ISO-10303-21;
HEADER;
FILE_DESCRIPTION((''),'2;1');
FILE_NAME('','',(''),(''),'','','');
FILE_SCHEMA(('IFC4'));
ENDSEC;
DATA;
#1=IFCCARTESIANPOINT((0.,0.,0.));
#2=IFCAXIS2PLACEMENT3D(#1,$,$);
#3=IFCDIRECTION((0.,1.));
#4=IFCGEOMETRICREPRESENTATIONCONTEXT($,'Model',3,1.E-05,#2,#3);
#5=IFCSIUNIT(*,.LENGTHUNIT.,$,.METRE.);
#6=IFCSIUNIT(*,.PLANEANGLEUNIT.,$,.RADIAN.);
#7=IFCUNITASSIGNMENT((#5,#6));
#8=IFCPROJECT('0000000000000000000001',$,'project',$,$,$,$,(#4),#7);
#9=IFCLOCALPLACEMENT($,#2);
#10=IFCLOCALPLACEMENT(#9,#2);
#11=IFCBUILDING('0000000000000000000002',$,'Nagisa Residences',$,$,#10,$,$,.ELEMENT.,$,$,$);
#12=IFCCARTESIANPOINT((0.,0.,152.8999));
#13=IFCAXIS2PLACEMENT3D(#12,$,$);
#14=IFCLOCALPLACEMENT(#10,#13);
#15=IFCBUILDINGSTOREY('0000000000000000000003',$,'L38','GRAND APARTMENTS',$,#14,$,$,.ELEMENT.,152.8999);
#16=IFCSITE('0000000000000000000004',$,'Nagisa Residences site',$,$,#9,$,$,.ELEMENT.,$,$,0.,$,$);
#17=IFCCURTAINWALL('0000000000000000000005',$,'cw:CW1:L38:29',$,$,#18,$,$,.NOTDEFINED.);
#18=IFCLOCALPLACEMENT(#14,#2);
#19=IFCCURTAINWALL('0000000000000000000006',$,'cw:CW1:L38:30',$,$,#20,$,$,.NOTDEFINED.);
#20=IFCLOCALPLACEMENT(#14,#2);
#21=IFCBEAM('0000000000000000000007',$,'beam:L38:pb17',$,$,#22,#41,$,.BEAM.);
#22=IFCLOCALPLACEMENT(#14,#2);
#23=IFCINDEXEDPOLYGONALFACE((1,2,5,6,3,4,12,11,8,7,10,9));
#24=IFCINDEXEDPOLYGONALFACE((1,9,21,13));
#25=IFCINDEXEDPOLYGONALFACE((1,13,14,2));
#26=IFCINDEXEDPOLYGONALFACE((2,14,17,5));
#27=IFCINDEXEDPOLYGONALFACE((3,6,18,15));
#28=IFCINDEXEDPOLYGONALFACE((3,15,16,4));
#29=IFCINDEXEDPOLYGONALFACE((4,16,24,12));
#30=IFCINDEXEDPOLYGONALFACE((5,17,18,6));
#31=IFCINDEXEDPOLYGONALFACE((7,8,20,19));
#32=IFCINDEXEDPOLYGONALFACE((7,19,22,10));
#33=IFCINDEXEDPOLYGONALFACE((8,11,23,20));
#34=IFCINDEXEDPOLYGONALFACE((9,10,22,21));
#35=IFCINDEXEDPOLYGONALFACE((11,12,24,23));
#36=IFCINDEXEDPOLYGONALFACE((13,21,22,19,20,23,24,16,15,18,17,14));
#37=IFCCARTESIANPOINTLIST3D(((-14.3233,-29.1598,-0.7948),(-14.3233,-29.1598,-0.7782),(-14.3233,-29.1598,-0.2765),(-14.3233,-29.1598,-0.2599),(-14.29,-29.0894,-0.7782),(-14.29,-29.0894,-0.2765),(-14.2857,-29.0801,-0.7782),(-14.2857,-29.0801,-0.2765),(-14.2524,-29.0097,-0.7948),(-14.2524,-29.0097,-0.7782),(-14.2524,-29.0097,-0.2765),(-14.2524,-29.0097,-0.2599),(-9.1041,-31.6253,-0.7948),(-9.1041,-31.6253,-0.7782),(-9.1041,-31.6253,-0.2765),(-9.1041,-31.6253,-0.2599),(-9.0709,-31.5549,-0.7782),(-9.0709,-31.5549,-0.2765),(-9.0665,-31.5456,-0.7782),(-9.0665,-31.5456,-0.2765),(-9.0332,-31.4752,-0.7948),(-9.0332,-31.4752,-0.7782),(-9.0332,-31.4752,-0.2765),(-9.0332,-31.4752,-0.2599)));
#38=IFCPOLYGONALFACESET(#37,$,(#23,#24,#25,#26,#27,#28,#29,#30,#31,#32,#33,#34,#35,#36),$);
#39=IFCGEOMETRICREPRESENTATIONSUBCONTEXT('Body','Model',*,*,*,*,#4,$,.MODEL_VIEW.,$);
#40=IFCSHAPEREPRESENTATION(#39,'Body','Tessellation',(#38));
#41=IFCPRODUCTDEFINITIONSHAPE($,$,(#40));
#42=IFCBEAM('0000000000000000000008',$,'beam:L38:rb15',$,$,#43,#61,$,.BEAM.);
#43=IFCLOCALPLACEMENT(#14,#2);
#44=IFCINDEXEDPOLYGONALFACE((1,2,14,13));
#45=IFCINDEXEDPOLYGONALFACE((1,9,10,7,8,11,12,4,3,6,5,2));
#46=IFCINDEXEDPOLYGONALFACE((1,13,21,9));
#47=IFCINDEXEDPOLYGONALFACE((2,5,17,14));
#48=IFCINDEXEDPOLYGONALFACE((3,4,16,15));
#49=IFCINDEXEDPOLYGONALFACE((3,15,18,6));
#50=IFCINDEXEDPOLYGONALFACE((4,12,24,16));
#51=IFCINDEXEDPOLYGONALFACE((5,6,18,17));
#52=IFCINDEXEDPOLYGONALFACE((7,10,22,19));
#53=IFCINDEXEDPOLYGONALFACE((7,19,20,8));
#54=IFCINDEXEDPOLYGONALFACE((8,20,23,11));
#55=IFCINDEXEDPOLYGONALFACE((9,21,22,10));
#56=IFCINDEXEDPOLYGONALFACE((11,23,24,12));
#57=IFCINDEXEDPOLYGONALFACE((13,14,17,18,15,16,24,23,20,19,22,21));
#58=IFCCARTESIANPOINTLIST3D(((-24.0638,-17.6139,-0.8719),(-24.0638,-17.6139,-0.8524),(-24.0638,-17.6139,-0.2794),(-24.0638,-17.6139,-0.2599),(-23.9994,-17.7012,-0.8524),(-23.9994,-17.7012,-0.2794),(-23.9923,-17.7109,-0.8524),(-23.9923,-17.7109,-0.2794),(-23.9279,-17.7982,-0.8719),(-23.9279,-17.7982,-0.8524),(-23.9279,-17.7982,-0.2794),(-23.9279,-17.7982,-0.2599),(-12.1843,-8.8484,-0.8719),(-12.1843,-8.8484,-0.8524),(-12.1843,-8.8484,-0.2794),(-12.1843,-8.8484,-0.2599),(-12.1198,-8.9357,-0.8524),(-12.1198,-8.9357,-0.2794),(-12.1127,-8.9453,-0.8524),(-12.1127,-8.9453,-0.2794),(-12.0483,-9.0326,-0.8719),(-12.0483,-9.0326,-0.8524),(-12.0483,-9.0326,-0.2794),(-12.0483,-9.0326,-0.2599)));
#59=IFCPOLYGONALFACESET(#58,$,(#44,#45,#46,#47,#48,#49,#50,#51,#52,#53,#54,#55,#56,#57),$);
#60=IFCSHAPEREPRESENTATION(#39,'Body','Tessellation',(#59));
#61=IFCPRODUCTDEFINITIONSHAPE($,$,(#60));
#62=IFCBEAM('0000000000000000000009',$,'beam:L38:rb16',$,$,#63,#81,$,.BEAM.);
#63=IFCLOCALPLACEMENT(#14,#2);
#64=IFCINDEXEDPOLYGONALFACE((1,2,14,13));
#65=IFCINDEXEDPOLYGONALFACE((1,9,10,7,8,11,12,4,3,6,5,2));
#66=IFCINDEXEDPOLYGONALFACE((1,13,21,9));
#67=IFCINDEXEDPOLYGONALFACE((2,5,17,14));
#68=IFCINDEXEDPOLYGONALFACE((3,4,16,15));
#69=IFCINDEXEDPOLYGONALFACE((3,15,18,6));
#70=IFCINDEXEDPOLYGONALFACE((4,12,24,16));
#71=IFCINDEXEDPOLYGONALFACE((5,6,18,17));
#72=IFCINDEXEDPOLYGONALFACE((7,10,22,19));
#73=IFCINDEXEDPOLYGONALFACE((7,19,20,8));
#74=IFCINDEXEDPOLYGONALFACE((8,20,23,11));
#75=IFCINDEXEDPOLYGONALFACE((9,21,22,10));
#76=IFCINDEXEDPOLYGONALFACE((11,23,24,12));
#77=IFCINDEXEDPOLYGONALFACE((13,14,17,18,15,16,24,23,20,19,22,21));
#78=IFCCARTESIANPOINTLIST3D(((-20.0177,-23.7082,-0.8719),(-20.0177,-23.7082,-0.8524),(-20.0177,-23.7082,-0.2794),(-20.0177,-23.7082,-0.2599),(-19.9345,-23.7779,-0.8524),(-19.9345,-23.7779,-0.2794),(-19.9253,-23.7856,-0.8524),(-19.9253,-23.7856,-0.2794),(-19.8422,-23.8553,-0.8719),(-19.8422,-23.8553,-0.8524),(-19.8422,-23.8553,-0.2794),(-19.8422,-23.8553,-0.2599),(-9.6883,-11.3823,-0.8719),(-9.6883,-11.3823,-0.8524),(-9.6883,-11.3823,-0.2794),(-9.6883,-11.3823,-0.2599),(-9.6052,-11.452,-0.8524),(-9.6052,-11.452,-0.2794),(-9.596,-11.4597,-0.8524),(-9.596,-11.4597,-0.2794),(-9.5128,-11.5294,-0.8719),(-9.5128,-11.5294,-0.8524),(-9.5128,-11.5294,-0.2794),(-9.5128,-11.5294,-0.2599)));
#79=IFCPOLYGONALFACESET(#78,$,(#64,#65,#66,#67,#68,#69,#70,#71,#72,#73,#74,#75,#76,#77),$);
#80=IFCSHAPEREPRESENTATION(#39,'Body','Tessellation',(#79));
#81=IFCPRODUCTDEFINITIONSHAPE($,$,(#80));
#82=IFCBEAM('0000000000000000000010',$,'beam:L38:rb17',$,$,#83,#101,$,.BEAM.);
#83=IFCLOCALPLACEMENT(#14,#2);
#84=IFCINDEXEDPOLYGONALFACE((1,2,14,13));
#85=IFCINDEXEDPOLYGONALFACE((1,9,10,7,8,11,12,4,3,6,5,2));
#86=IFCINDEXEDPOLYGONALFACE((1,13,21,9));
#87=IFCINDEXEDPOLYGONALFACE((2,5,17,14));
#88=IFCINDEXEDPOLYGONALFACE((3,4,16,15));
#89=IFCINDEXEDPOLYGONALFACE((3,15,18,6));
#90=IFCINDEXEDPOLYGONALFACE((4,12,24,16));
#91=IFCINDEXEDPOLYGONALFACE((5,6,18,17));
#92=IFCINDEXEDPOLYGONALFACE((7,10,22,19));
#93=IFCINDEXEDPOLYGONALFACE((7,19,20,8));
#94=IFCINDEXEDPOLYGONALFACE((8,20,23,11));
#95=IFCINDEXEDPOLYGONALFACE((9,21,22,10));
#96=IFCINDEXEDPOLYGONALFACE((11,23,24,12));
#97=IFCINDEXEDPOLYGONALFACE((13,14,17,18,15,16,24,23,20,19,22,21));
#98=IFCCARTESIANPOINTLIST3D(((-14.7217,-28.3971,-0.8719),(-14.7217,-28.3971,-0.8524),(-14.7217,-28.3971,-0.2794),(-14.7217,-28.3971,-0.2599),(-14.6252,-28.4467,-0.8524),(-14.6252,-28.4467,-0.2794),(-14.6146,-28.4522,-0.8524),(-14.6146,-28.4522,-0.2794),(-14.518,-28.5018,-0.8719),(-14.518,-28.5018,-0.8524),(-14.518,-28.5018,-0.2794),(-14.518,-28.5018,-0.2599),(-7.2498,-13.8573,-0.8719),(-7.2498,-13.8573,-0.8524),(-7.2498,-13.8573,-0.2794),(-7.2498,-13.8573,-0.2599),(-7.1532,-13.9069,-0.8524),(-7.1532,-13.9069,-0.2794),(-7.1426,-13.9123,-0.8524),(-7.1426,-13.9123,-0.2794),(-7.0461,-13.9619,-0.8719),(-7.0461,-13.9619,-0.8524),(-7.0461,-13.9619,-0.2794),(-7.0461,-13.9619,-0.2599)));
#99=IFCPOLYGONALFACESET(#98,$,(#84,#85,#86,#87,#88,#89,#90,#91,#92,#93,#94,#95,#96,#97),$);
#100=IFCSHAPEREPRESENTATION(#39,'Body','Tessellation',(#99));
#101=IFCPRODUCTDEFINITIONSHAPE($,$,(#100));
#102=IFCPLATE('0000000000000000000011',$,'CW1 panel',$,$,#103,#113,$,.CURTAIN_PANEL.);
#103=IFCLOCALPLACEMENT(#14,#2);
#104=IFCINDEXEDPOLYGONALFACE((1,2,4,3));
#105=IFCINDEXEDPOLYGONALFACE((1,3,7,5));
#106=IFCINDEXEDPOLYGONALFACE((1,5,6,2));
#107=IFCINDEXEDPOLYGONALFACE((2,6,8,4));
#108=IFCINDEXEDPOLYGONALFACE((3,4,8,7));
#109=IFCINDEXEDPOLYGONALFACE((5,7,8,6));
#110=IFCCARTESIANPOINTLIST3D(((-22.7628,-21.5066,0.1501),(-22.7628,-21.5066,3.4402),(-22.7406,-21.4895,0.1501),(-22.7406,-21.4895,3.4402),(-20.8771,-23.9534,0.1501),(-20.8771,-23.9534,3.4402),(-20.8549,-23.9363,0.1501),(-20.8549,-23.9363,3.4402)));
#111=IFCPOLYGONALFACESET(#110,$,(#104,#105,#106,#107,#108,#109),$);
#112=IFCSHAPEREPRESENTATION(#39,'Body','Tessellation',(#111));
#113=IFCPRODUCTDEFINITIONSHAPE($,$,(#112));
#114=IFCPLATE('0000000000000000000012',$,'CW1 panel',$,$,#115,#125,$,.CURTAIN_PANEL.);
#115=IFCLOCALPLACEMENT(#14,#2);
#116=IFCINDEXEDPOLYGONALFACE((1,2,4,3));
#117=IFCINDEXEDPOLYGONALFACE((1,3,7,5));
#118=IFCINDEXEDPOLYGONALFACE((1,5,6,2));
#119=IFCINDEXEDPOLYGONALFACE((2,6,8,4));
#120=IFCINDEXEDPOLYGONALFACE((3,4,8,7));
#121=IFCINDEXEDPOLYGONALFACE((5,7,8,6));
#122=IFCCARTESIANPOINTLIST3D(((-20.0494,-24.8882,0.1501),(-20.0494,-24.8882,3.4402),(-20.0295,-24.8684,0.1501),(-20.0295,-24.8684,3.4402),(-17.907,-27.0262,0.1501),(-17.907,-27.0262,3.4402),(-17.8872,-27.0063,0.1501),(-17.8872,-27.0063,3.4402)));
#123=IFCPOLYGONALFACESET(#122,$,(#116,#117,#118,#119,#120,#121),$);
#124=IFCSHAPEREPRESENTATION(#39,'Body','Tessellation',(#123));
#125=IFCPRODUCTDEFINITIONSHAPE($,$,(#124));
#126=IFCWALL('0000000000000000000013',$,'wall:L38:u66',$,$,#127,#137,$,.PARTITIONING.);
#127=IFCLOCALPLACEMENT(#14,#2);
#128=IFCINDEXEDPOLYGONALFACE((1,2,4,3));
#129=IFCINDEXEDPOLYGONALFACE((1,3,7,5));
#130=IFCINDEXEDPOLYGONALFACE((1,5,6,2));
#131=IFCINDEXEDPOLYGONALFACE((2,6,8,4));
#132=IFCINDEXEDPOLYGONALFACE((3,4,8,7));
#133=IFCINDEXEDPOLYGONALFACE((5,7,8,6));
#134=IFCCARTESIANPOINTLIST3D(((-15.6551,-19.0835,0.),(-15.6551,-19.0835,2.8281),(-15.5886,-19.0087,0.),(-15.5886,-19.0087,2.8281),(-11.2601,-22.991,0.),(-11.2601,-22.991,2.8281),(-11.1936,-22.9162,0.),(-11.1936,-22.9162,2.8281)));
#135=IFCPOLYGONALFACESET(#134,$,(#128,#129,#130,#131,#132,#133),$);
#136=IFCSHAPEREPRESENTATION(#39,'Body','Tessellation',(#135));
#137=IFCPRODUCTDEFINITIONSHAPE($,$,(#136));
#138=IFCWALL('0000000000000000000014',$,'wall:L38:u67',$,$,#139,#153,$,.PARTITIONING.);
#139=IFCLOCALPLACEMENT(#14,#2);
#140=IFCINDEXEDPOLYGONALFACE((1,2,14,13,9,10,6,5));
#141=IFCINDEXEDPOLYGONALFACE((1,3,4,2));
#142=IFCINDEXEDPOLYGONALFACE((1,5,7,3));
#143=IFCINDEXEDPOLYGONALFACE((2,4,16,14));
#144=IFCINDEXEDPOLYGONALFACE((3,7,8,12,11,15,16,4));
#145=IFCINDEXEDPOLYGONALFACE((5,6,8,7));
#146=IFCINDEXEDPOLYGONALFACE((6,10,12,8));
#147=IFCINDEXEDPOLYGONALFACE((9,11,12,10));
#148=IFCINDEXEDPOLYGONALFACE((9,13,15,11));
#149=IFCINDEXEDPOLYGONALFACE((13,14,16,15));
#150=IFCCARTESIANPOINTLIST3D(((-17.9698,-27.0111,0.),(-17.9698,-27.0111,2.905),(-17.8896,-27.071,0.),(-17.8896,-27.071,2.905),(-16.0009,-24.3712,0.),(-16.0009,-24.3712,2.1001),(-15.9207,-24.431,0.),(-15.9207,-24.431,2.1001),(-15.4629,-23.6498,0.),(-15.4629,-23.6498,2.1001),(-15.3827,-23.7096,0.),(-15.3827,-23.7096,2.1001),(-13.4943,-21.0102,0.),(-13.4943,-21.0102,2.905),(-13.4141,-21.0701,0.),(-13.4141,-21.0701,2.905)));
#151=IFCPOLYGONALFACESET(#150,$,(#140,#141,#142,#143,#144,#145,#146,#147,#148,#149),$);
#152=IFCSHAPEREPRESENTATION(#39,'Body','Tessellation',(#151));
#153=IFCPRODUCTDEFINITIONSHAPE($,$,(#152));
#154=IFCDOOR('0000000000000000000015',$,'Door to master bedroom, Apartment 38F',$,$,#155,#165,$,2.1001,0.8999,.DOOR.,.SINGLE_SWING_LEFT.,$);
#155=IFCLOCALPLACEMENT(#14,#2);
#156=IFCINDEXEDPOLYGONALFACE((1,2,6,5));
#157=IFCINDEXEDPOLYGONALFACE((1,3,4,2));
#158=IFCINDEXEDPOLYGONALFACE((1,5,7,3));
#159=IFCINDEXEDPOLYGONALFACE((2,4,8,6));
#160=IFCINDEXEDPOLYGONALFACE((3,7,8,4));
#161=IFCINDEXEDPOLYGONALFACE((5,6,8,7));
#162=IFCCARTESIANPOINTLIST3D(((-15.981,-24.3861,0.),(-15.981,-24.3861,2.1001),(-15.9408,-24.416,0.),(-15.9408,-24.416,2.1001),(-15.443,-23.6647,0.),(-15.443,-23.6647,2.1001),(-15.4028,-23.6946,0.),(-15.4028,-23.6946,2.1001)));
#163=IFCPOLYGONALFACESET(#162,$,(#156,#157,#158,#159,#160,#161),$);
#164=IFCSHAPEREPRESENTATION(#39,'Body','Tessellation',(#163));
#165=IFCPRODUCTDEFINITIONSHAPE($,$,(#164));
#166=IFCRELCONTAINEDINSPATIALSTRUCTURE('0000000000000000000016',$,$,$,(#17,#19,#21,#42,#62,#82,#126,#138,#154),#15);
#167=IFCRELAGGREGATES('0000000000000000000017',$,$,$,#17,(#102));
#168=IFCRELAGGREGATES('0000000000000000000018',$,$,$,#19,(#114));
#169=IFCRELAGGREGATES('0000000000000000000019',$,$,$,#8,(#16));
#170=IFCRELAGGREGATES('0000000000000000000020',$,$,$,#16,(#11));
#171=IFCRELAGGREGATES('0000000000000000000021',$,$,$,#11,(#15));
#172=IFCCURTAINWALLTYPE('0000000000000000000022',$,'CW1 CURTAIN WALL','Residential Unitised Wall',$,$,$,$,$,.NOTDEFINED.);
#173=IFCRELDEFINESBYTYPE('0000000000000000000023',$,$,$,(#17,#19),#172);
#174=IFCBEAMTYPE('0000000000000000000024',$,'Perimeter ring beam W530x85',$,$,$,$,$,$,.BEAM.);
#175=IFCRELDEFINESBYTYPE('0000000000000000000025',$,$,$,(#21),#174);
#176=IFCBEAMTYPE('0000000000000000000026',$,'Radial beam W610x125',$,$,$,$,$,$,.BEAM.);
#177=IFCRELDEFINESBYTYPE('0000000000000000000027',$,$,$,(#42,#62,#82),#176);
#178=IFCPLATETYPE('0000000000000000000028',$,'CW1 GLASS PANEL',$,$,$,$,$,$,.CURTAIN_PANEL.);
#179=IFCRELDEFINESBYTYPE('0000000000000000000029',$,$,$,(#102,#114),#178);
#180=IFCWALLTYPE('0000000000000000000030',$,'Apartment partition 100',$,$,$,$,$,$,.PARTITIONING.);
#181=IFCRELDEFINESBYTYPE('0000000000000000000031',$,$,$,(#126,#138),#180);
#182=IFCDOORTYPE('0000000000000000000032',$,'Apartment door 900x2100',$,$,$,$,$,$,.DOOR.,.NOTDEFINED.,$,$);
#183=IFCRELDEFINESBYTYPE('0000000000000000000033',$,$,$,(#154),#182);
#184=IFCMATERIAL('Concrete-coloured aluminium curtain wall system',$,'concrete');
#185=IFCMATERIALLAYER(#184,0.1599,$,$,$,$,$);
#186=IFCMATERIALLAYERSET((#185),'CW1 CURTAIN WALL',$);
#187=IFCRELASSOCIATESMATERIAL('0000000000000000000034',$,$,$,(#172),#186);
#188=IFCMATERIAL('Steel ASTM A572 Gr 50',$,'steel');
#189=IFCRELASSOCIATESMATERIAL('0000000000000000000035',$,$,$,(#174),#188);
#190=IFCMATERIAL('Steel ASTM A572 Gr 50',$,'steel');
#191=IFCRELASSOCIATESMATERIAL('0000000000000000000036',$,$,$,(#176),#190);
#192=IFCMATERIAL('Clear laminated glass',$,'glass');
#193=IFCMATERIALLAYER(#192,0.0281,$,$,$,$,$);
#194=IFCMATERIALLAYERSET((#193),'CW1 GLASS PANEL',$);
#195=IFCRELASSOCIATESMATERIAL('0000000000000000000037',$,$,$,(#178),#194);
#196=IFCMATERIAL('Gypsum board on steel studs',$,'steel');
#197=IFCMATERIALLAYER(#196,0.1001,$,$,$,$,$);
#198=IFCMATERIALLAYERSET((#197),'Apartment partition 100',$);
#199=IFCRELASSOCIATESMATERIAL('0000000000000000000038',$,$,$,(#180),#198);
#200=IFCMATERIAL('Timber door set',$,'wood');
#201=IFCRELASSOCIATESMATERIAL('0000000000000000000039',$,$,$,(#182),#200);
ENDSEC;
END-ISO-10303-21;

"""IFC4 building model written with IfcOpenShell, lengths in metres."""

from ifc_helpers import new_model, si_unit, direction, frame, frame_2d, origin, origin_2d, place, context, subcontext, project, spatial, rectangle, i_section, extrude, material, layer, layer_set, material_profile, profile_set, type_object, element, fill, aggregate, save


model = new_model("IFC4")

# Units and contexts
model_context = context("Model", 3, precision=1e-05, world=origin(), true_north=direction((0.0, 1.0)))
body_context = subcontext(model_context, "Body", "Model", "MODEL_VIEW")
ifc_project = project(units=[si_unit("LENGTHUNIT", "METRE"), si_unit("PLANEANGLEUNIT", "RADIAN")], contexts=[model_context])

# Site, building, storey
site_placement = place(None, origin())
site = spatial("IfcSite", under=ifc_project, at=site_placement, Name="Nagisa Residences site", CompositionType="ELEMENT", RefElevation=0.0)
building_placement = place(site_placement, origin())
building = spatial("IfcBuilding", under=site, at=building_placement, Name="Nagisa Residences", CompositionType="ELEMENT")
storey_placement = place(building_placement, frame((0.0, 0.0, 152.8999)))
storey = spatial("IfcBuildingStorey", under=building, at=storey_placement, Name="L38", Description="GRAND APARTMENTS", CompositionType="ELEMENT", Elevation=152.8999)

# Curtain walls
ifc_material_1 = material(Name="Concrete-coloured aluminium curtain wall system", Category="concrete")
ifc_layer_1 = layer(ifc_material_1, 0.1599)
ifc_layer_set_1 = layer_set([ifc_layer_1], Name="CW1 CURTAIN WALL")
curtain_wall_type = type_object("IfcCurtainWallType", Name="CW1 CURTAIN WALL", Description="Residential Unitised Wall", PredefinedType="NOTDEFINED", material=ifc_layer_set_1)
curtain_wall_1_placement = place(storey_placement, origin())
curtain_wall_1 = element("IfcCurtainWall", 1, at=curtain_wall_1_placement, inside=storey, type_object=curtain_wall_type, Name="cw:CW1:L38:29", PredefinedType="NOTDEFINED")
curtain_wall_2_placement = place(storey_placement, origin())
curtain_wall_2 = element("IfcCurtainWall", 2, at=curtain_wall_2_placement, inside=storey, type_object=curtain_wall_type, Name="cw:CW1:L38:30", PredefinedType="NOTDEFINED")

# Beams
ifc_material_2 = material(Name="Steel ASTM A572 Gr 50", Category="steel")
ifc_material_profile_1 = material_profile(ifc_material_2, i_section(OverallWidth=0.166, OverallDepth=0.5349, WebThickness=0.0103, FlangeThickness=0.0166, at=origin_2d()), Name="W530x85")
ifc_profile_set_1 = profile_set([ifc_material_profile_1], Name="Steel ASTM A572 Gr 50")
beam_type_1 = type_object("IfcBeamType", Name="Perimeter ring beam W530x85", PredefinedType="BEAM", material=ifc_profile_set_1)
beam_1_placement = place(storey_placement, frame((-14.2878, -29.0847, -0.5273), z_axis=(0.904186, -0.427139, 0.0), x_axis=(0.427139, 0.904186, 0.0)))
element("IfcBeam", 3, at=beam_1_placement, inside=storey, type_object=beam_type_1, Name="beam:L38:pb17", PredefinedType="BEAM", context=body_context, shape_type="SweptSolid", body=[
    extrude(i_section(OverallWidth=0.166, OverallDepth=0.5349, WebThickness=0.0103, FlangeThickness=0.0166, at=origin_2d()), origin(), (0.0, 0.0, 1.0), 5.7722),
])
ifc_material_3 = material(Name="Steel ASTM A572 Gr 50", Category="steel")
ifc_material_profile_2 = material_profile(ifc_material_3, i_section(OverallWidth=0.229, OverallDepth=0.6121, WebThickness=0.012, FlangeThickness=0.0195, at=origin_2d()), Name="W610x125")
ifc_profile_set_2 = profile_set([ifc_material_profile_2], Name="Steel ASTM A572 Gr 50")
beam_type_2 = type_object("IfcBeamType", Name="Radial beam W610x125", PredefinedType="BEAM", material=ifc_profile_set_2)
beam_2_placement = place(storey_placement, frame((-23.9958, -17.7061, -0.5659), z_axis=(0.804661, 0.593735, 0.0), x_axis=(-0.593735, 0.804661, 0.0)))
element("IfcBeam", 4, at=beam_2_placement, inside=storey, type_object=beam_type_2, Name="beam:L38:rb15", PredefinedType="BEAM", context=body_context, shape_type="SweptSolid", body=[
    extrude(i_section(OverallWidth=0.229, OverallDepth=0.6121, WebThickness=0.012, FlangeThickness=0.0195, at=origin_2d()), origin(), (0.0, 0.0, 1.0), 14.7634),
])
beam_3_placement = place(storey_placement, frame((-19.9299, -23.7817, -0.5659), z_axis=(0.642301, 0.766453, 0.0), x_axis=(-0.766453, 0.642301, 0.0)))
element("IfcBeam", 5, at=beam_3_placement, inside=storey, type_object=beam_type_2, Name="beam:L38:rb16", PredefinedType="BEAM", context=body_context, shape_type="SweptSolid", body=[
    extrude(i_section(OverallWidth=0.229, OverallDepth=0.6121, WebThickness=0.012, FlangeThickness=0.0195, at=origin_2d()), origin(), (0.0, 0.0, 1.0), 16.0818),
])
beam_4_placement = place(storey_placement, frame((-14.6199, -28.4495, -0.5659), z_axis=(0.457073, 0.889429, 0.0), x_axis=(-0.889429, 0.457073, 0.0)))
element("IfcBeam", 6, at=beam_4_placement, inside=storey, type_object=beam_type_2, Name="beam:L38:rb17", PredefinedType="BEAM", context=body_context, shape_type="SweptSolid", body=[
    extrude(i_section(OverallWidth=0.229, OverallDepth=0.6121, WebThickness=0.012, FlangeThickness=0.0195, at=origin_2d()), origin(), (0.0, 0.0, 1.0), 16.3474),
])

# Plates
ifc_material_4 = material(Name="Clear laminated glass", Category="glass")
ifc_layer_2 = layer(ifc_material_4, 0.0281)
ifc_layer_set_2 = layer_set([ifc_layer_2], Name="CW1 GLASS PANEL")
plate_type = type_object("IfcPlateType", Name="CW1 GLASS PANEL", PredefinedType="CURTAIN_PANEL", material=ifc_layer_set_2)
plate_1_placement = place(storey_placement, frame((-21.8088, -22.7214, 0.1501), z_axis=(0.0, 0.0, 1.0), x_axis=(0.61043, -0.79207, 0.0)))
plate_1 = element("IfcPlate", 7, at=plate_1_placement, type_object=plate_type, Name="CW1 panel", PredefinedType="CURTAIN_PANEL", context=body_context, shape_type="SweptSolid", body=[
    extrude(rectangle(XDim=3.0891, YDim=0.0281, at=origin_2d()), origin(), (0.0, 0.0, 1.0), 3.29),
])
aggregate(curtain_wall_1, [plate_1])
plate_2_placement = place(storey_placement, frame((-18.9683, -25.9473, 0.1501), z_axis=(0.0, 0.0, 1.0), x_axis=(0.707836, -0.706377, 0.0)))
plate_2 = element("IfcPlate", 8, at=plate_2_placement, type_object=plate_type, Name="CW1 panel", PredefinedType="CURTAIN_PANEL", context=body_context, shape_type="SweptSolid", body=[
    extrude(rectangle(XDim=3.0266, YDim=0.0281, at=origin_2d()), origin(), (0.0, 0.0, 1.0), 3.29),
])
aggregate(curtain_wall_2, [plate_2])

# Wall
ifc_material_5 = material(Name="Gypsum board on steel studs", Category="steel")
ifc_layer_3 = layer(ifc_material_5, 0.1001)
ifc_layer_set_3 = layer_set([ifc_layer_3], Name="Apartment partition 100")
wall_type_1 = type_object("IfcWallType", Name="Apartment partition 100", PredefinedType="PARTITIONING", material=ifc_layer_set_3)
wall_1_placement = place(storey_placement, frame((-15.6218, -19.0461, 0.0), z_axis=(0.0, 0.0, 1.0), x_axis=(0.747343, -0.664439, 0.0)))
element("IfcWall", 9, at=wall_1_placement, inside=storey, type_object=wall_type_1, Name="wall:L38:u66", PredefinedType="PARTITIONING", context=body_context, shape_type="SweptSolid", body=[
    extrude(rectangle(XDim=5.8809, YDim=0.1001, at=frame_2d((2.9404, 0.0))), origin(), (0.0, 0.0, 1.0), 2.8281),
])

# Wall, opening, door
wall_2_placement = place(storey_placement, frame((-13.4541, -21.04, 0.0), z_axis=(0.0, 0.0, 1.0), x_axis=(-0.597848, -0.801609, 0.0)))
wall_2 = element("IfcWall", 10, at=wall_2_placement, inside=storey, type_object=wall_type_1, Name="wall:L38:u67", PredefinedType="PARTITIONING", context=body_context, shape_type="SweptSolid", body=[
    extrude(rectangle(XDim=7.4861, YDim=0.1001, at=frame_2d((3.7432, 0.0))), origin(), (0.0, 0.0, 1.0), 2.905),
])
opening_1_placement = place(wall_2_placement, frame((3.293, 0.0, 0.0)))
opening_1 = element("IfcOpeningElement", 11, at=opening_1_placement, cuts=wall_2, PredefinedType="OPENING", context=body_context, shape_type="SweptSolid", body=[
    extrude(rectangle(XDim=0.8999, YDim=2.1001, at=frame_2d((0.45, 1.05))), frame((0.0, 0.0601, 0.0), z_axis=(0.0, -1.0, 0.0), x_axis=(1.0, 0.0, 0.0)), (0.0, 0.0, 1.0), 0.1201),
])
ifc_material_6 = material(Name="Timber door set", Category="wood")
door_type_1 = type_object("IfcDoorType", Name="Apartment door 900x2100", OperationType="NOTDEFINED", PredefinedType="DOOR", material=ifc_material_6)
door_1_placement = place(opening_1_placement, origin())
door_1 = element("IfcDoor", 12, at=door_1_placement, inside=storey, type_object=door_type_1, Name="Door to master bedroom, Apartment 38F", OperationType="SINGLE_SWING_LEFT", OverallHeight=2.1001, OverallWidth=0.8999, PredefinedType="DOOR", context=body_context, shape_type="SweptSolid", body=[
    extrude(rectangle(XDim=0.8999, YDim=2.1001, at=frame_2d((0.45, 1.05))), frame((0.0, 0.0249, 0.0), z_axis=(0.0, -1.0, 0.0), x_axis=(1.0, 0.0, 0.0)), (0.0, 0.0, 1.0), 0.05),
])
fill(opening_1, door_1)

save(model, "model.ifc")
